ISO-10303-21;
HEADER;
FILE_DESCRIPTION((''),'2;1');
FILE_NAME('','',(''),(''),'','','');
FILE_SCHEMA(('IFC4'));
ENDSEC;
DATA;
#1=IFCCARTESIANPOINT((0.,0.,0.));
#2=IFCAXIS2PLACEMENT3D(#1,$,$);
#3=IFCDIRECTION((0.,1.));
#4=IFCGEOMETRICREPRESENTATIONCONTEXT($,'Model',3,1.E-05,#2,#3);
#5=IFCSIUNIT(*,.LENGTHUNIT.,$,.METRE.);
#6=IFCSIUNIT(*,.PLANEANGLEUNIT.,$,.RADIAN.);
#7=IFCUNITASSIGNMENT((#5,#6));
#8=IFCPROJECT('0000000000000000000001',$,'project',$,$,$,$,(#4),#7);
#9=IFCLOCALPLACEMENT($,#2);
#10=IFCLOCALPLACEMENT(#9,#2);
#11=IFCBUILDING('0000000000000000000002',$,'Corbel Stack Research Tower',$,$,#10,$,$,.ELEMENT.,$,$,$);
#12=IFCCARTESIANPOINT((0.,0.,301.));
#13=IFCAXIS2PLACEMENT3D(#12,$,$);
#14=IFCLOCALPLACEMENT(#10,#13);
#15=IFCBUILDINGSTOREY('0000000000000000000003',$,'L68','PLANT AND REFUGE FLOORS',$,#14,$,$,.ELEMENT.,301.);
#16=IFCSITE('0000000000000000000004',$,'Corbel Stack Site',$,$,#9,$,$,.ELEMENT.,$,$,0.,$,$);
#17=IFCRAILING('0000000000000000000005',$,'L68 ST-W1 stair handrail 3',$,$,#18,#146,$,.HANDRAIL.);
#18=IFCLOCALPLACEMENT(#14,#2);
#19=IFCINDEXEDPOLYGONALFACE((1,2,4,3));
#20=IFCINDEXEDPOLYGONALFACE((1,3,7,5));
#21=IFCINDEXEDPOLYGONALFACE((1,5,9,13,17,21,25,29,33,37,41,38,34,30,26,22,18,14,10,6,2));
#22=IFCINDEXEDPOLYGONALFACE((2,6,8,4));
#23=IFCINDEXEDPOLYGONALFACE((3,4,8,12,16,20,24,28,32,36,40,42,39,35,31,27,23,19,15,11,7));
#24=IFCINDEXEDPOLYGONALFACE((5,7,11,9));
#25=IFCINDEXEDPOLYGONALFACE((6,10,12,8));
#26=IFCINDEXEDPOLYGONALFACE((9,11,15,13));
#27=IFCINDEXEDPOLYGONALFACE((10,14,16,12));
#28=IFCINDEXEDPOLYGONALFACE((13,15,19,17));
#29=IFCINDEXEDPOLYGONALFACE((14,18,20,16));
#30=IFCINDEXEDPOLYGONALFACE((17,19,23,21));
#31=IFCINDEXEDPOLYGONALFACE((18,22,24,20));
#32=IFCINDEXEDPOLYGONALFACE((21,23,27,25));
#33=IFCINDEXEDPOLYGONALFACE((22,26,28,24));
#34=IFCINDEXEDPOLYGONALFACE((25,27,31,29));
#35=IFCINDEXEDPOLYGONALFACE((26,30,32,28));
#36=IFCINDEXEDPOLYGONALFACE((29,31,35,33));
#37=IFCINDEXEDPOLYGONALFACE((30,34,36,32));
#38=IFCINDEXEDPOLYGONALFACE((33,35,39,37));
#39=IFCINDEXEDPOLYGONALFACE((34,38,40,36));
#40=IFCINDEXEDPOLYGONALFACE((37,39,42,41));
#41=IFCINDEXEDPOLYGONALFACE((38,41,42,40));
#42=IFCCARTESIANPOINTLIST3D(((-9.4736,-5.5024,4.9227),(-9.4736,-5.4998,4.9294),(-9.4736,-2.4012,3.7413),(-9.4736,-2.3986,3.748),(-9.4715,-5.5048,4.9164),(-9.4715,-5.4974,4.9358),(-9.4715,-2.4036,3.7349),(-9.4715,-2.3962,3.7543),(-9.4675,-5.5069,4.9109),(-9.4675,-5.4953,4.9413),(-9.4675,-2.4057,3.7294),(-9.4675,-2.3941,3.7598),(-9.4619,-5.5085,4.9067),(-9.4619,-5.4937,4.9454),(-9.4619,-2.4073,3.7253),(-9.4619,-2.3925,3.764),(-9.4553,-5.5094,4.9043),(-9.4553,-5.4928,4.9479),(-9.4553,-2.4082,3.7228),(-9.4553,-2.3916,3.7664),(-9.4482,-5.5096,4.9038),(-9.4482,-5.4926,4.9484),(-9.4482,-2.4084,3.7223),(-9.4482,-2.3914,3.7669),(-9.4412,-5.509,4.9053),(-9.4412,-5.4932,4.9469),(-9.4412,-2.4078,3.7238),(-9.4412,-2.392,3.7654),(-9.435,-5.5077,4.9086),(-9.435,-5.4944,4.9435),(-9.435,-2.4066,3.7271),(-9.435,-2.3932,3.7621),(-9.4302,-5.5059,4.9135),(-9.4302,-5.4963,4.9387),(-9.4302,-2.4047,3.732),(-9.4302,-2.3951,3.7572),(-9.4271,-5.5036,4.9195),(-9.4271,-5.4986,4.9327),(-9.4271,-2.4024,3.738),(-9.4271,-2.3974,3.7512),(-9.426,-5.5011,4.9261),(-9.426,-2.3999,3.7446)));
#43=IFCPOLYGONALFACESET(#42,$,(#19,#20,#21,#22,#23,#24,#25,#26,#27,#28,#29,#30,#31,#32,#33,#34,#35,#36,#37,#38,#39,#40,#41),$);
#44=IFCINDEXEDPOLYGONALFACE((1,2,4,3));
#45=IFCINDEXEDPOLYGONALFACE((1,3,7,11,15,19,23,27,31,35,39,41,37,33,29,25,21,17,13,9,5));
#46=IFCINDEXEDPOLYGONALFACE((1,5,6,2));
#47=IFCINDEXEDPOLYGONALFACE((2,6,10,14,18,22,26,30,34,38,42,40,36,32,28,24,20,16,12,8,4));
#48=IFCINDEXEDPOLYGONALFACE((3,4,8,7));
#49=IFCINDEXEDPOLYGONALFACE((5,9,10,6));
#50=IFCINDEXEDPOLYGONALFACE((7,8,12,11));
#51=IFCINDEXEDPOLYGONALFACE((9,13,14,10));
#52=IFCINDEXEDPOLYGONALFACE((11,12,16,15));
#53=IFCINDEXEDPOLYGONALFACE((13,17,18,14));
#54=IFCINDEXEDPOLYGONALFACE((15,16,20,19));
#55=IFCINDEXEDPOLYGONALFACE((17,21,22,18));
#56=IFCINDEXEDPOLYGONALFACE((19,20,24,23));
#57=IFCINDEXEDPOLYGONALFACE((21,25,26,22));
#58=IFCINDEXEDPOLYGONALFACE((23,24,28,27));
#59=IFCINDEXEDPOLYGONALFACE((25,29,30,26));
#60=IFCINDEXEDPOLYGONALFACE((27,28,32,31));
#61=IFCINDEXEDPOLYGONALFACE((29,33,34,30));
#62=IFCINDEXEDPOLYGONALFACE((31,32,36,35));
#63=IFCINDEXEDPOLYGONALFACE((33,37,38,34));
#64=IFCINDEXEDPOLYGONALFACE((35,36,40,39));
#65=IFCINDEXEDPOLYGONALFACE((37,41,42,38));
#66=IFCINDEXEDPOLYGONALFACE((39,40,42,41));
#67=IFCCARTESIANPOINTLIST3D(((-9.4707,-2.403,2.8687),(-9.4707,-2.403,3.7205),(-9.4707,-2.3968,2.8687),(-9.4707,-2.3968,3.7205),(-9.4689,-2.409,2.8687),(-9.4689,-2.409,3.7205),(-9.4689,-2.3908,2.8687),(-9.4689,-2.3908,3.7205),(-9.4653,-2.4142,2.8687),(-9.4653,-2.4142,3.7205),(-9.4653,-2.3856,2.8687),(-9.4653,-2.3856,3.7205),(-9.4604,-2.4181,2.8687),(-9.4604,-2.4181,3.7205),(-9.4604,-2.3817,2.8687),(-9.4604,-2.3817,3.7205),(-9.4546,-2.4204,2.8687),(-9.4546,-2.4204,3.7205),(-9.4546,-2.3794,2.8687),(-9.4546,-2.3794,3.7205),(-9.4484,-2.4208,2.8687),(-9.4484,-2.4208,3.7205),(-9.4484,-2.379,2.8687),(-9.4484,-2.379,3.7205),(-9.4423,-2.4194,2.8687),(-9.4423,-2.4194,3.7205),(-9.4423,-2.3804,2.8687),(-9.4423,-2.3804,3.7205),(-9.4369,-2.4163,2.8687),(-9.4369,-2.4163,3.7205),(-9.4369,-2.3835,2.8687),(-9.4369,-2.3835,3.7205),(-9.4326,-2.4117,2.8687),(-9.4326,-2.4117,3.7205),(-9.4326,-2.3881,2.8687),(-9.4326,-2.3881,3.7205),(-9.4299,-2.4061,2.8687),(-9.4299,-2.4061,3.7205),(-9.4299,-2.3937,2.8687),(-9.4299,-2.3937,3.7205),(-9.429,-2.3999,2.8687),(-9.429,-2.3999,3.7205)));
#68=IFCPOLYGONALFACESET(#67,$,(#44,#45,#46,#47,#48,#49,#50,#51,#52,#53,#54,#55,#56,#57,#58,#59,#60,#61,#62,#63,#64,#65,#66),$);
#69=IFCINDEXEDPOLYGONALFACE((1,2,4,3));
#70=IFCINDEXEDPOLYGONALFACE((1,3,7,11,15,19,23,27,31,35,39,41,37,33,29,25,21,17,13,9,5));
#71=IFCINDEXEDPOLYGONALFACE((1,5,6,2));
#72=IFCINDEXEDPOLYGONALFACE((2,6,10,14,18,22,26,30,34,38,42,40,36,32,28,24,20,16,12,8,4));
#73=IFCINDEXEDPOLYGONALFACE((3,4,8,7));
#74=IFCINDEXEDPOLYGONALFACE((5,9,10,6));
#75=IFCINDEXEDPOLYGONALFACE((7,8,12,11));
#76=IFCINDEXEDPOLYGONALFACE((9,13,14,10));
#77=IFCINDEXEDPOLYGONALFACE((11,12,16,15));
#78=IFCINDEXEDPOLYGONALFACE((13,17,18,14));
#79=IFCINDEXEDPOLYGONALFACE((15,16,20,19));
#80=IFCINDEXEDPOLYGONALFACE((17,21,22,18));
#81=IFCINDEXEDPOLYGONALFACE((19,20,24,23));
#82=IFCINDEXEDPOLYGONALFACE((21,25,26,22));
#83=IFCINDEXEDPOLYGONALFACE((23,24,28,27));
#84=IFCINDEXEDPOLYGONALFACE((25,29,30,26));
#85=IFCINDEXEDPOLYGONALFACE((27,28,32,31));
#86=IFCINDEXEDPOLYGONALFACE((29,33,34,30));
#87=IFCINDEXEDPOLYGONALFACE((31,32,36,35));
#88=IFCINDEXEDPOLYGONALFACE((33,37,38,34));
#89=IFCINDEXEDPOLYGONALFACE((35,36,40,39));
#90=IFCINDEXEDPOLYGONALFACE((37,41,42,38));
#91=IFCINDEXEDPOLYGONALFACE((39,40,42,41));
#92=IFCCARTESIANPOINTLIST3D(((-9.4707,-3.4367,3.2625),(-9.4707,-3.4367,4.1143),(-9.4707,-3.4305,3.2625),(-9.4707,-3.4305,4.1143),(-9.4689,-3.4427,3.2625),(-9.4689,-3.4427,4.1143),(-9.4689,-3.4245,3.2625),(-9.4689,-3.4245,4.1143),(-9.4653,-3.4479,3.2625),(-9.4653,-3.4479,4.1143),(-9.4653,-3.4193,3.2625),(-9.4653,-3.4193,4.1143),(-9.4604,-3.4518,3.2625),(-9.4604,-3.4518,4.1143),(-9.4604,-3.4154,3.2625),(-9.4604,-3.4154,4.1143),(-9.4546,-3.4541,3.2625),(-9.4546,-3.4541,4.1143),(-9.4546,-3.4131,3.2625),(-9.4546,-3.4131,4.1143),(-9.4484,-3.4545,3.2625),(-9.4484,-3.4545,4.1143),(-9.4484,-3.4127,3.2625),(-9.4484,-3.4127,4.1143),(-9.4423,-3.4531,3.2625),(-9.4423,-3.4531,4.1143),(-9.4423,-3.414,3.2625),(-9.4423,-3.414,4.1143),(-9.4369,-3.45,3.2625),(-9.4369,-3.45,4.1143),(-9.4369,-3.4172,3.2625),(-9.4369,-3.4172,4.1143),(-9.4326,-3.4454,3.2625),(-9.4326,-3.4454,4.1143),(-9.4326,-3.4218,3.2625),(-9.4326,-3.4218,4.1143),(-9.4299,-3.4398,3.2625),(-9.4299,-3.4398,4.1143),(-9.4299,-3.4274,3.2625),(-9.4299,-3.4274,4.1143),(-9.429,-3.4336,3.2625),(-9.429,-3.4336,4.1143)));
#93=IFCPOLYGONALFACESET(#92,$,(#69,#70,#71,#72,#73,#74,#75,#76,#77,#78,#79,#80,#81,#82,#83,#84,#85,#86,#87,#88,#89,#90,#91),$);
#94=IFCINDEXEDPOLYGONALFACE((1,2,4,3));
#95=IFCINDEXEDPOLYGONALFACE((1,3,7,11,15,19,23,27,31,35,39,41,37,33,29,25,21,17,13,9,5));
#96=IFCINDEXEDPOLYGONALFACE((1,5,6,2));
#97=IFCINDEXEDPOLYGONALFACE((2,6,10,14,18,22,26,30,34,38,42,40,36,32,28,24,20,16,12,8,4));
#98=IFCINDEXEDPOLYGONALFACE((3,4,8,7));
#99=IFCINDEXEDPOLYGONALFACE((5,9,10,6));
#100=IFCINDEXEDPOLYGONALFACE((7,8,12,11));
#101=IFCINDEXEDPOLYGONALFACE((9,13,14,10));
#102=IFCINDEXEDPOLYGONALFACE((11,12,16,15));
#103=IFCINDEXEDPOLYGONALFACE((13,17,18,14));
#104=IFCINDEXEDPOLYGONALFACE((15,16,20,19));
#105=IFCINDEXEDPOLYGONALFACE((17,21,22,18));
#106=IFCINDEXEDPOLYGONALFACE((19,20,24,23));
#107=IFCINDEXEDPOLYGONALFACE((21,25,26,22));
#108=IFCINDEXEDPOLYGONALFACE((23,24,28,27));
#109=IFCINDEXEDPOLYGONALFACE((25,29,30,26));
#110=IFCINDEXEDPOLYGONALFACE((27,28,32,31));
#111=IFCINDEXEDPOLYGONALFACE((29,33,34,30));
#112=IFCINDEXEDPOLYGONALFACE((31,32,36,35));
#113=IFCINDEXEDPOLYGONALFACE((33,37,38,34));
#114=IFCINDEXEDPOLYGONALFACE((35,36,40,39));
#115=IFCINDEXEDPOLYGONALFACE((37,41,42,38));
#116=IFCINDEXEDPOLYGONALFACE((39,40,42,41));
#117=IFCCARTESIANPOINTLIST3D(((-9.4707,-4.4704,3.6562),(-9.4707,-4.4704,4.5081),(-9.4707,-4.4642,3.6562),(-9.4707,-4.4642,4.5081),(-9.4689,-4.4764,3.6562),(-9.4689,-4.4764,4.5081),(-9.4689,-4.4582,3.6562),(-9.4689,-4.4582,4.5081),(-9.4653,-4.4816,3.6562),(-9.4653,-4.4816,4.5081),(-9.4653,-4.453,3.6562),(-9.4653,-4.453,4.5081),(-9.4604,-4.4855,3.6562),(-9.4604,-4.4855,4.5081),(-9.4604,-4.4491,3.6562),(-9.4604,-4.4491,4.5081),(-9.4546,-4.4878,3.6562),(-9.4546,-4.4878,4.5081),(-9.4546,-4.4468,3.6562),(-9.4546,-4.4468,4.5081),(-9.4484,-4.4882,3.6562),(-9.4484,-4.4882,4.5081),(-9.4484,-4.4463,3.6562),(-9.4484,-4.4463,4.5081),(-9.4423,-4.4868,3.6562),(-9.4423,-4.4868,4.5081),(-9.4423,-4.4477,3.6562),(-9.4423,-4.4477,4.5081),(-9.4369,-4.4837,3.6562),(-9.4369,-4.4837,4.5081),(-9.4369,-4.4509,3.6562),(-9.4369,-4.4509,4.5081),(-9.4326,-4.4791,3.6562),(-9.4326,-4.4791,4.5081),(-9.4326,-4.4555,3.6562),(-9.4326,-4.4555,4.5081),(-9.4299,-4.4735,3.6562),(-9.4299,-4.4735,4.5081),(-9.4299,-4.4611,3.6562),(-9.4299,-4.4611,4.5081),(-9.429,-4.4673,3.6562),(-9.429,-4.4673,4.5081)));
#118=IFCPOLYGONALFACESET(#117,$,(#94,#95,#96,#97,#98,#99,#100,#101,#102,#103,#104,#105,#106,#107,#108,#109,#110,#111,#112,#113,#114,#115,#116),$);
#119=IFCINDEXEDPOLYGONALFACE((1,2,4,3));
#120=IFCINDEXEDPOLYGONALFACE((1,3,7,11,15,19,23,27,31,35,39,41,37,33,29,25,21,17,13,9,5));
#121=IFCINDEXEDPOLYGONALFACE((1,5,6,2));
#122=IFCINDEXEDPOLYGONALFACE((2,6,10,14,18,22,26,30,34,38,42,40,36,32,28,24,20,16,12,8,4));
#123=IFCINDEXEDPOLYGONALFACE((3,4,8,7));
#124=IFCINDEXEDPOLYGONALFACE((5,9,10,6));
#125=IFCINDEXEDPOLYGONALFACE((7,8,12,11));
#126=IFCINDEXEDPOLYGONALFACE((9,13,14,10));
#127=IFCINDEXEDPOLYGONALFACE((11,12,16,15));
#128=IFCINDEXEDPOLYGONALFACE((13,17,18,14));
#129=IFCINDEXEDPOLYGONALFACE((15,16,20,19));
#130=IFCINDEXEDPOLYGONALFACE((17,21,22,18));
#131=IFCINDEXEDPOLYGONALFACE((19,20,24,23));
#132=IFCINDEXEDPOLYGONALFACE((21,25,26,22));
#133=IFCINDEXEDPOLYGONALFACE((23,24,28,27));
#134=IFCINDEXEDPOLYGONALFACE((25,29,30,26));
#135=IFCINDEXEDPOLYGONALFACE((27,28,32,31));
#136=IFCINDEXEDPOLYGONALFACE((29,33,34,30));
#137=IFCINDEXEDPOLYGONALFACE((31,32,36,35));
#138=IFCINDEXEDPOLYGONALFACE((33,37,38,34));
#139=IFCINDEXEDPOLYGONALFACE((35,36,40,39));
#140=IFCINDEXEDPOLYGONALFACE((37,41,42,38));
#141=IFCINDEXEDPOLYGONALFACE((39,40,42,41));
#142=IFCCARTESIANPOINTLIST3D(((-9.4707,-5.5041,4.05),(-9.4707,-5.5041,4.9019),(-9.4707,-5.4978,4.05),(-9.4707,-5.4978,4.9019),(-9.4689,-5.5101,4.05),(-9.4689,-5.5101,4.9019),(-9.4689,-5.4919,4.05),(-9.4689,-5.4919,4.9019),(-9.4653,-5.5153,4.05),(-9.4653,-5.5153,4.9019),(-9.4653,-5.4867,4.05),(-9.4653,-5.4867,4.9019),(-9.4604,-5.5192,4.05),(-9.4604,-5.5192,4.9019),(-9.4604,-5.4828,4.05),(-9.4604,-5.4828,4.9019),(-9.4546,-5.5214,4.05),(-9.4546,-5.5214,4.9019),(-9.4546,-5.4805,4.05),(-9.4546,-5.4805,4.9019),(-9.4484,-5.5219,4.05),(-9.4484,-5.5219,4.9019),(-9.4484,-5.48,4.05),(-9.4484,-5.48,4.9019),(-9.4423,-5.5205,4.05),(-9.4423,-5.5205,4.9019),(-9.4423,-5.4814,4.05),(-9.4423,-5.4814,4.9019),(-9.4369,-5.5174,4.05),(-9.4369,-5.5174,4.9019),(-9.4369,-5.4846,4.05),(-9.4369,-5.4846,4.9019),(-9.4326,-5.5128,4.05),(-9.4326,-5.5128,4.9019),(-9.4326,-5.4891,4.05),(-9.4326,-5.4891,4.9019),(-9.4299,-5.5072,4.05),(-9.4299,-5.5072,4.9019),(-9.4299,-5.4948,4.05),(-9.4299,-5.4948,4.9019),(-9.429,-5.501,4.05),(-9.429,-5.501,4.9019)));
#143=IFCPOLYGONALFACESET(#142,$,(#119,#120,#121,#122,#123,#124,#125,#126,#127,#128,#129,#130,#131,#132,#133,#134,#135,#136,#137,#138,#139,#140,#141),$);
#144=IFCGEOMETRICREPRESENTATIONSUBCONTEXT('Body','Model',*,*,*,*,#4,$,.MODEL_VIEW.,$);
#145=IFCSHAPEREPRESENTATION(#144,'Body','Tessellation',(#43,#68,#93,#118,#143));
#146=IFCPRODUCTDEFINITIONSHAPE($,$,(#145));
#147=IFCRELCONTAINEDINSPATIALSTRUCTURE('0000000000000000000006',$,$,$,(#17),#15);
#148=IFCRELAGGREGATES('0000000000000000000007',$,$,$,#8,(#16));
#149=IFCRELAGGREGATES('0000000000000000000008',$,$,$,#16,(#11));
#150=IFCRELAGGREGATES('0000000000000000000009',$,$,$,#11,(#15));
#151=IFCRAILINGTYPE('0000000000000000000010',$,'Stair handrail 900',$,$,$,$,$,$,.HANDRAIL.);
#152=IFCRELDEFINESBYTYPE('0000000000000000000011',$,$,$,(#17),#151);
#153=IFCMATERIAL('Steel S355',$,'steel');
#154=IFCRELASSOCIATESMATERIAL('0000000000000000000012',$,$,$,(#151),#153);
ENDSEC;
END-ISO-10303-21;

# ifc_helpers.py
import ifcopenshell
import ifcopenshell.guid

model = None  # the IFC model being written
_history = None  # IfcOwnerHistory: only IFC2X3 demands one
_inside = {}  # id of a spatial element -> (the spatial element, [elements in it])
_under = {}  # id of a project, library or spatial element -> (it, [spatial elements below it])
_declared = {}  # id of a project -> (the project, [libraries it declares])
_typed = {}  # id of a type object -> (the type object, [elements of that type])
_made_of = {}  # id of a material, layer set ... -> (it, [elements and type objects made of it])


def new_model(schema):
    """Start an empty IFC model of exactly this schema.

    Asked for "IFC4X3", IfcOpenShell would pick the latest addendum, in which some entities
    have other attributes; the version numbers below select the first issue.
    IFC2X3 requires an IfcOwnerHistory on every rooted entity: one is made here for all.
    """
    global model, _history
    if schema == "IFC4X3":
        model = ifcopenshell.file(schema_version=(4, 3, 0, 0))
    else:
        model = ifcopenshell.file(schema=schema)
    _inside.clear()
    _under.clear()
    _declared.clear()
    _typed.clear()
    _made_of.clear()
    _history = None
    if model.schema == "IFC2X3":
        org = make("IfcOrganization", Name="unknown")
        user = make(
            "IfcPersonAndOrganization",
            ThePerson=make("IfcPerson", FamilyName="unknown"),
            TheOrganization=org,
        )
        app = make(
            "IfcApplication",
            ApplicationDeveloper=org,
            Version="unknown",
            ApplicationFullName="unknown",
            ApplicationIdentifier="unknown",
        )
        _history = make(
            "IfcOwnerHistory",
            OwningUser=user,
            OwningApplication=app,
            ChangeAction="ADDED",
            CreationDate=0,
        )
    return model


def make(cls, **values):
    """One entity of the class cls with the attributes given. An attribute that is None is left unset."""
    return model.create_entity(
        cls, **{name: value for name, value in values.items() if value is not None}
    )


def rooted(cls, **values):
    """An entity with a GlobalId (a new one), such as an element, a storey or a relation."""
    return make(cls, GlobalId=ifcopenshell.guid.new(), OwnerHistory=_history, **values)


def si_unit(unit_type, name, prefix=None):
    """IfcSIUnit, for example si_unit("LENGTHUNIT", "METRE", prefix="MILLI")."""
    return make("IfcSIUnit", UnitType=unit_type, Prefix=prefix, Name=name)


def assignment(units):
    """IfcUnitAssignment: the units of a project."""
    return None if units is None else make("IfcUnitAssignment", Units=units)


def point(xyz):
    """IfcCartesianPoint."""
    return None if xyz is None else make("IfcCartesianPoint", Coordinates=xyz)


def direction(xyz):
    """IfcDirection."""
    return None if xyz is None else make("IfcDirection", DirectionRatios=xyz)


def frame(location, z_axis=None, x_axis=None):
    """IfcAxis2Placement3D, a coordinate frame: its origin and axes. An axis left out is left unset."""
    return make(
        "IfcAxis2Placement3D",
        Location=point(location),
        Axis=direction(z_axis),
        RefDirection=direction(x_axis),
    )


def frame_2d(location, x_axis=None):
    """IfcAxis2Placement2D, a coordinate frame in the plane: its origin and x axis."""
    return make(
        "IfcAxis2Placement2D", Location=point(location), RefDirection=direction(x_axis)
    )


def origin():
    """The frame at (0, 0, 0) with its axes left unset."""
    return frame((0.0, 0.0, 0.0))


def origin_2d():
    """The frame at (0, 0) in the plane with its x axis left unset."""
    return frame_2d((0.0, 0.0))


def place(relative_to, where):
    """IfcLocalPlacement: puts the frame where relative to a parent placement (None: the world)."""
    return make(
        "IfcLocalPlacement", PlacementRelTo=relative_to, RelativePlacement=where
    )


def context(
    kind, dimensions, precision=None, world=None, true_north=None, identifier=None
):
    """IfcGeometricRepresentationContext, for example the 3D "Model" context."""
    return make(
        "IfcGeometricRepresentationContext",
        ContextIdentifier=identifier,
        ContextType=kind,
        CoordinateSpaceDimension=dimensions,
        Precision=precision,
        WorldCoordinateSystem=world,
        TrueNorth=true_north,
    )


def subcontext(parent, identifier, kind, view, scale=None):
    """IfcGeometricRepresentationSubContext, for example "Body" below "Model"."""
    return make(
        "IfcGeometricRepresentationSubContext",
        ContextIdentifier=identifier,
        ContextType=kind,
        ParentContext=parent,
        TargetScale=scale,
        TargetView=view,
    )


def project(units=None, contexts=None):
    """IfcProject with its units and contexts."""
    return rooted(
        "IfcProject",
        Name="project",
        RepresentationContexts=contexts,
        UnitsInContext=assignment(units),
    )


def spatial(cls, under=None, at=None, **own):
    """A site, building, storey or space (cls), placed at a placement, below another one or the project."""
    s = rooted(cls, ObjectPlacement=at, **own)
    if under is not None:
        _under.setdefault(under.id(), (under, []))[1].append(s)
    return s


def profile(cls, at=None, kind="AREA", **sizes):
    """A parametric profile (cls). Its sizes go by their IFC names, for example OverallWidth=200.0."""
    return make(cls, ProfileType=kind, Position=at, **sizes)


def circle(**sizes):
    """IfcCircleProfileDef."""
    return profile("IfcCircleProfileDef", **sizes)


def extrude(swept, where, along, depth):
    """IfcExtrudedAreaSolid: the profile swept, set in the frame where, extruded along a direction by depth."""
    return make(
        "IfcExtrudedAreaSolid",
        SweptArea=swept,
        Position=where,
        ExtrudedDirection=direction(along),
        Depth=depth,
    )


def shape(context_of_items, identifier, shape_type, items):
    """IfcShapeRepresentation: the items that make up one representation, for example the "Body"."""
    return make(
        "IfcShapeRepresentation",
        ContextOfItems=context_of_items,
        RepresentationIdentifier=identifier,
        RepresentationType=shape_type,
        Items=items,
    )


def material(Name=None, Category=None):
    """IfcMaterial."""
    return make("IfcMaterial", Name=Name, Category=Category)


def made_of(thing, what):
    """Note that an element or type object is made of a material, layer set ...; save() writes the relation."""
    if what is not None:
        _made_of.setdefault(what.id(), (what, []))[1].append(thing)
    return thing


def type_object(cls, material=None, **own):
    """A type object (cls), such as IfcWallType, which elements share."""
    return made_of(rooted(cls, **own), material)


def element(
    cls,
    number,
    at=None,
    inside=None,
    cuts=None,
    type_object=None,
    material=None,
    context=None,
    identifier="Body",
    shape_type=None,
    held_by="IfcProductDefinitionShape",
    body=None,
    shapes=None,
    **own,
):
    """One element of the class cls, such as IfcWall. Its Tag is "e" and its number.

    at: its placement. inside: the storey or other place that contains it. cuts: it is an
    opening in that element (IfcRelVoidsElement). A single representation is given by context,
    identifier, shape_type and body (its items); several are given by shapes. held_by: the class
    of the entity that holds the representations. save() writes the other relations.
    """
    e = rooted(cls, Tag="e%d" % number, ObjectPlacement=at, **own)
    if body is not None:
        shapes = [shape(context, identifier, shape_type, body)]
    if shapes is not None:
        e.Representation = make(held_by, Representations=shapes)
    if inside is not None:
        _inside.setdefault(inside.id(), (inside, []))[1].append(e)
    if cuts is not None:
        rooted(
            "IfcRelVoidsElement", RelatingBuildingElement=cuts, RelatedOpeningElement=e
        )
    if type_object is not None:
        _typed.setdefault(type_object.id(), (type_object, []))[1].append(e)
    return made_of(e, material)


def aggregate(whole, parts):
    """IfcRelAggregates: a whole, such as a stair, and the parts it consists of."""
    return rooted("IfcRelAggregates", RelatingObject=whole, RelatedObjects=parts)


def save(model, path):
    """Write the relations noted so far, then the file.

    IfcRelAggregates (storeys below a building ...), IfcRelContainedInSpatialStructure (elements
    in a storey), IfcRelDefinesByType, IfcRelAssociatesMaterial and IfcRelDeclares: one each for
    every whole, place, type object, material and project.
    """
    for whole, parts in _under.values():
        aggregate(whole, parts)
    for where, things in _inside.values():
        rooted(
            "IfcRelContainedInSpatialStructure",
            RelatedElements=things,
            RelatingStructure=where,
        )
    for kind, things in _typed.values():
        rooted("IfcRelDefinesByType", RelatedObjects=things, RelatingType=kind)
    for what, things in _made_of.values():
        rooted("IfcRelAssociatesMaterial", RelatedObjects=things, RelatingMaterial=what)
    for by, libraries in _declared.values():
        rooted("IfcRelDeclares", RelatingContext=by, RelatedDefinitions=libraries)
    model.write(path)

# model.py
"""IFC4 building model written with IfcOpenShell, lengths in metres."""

from ifc_helpers import new_model, si_unit, direction, frame, origin, origin_2d, place, context, subcontext, project, spatial, circle, extrude, material, type_object, element, save


model = new_model("IFC4")

# Units and contexts
model_context = context("Model", 3, precision=1e-05, world=origin(), true_north=direction((0.0, 1.0)))
body_context = subcontext(model_context, "Body", "Model", "MODEL_VIEW")
ifc_project = project(units=[si_unit("LENGTHUNIT", "METRE"), si_unit("PLANEANGLEUNIT", "RADIAN")], contexts=[model_context])

# Site, building, storey
site_placement = place(None, origin())
site = spatial("IfcSite", under=ifc_project, at=site_placement, Name="Corbel Stack Site", CompositionType="ELEMENT", RefElevation=0.0)
building_placement = place(site_placement, origin())
building = spatial("IfcBuilding", under=site, at=building_placement, Name="Corbel Stack Research Tower", CompositionType="ELEMENT")
storey_placement = place(building_placement, frame((0.0, 0.0, 301.0)))
storey = spatial("IfcBuildingStorey", under=building, at=storey_placement, Name="L68", Description="PLANT AND REFUGE FLOORS", CompositionType="ELEMENT", Elevation=301.0)

# Railing
ifc_material_1 = material(Name="Steel S355", Category="steel")
railing_type_1 = type_object("IfcRailingType", Name="Stair handrail 900", PredefinedType="HANDRAIL", material=ifc_material_1)
railing_1_placement = place(storey_placement, frame((-9.45, -2.3999, 2.8687)))
element("IfcRailing", 1, at=railing_1_placement, inside=storey, type_object=railing_type_1, Name="L68 ST-W1 stair handrail 3", PredefinedType="HANDRAIL", context=body_context, shape_type="SweptSolid", body=[
    extrude(circle(Radius=0.0239, at=origin_2d()), frame((0.0, 0.0, 0.876), z_axis=(0.0, -0.934484, 0.356005), x_axis=(1.0, 0.0, 0.0)), (0.0, 0.0, 1.0), 3.3186),
    extrude(circle(Radius=0.021, at=origin_2d()), origin(), (0.0, 0.0, 1.0), 0.8518),
    extrude(circle(Radius=0.021, at=origin_2d()), frame((0.0, -1.0337, 0.3938)), (0.0, 0.0, 1.0), 0.8518),
    extrude(circle(Radius=0.021, at=origin_2d()), frame((0.0, -2.0674, 0.7876)), (0.0, 0.0, 1.0), 0.8518),
    extrude(circle(Radius=0.021, at=origin_2d()), frame((0.0, -3.1011, 1.1814)), (0.0, 0.0, 1.0), 0.8518),
])

save(model, "model.ifc")
